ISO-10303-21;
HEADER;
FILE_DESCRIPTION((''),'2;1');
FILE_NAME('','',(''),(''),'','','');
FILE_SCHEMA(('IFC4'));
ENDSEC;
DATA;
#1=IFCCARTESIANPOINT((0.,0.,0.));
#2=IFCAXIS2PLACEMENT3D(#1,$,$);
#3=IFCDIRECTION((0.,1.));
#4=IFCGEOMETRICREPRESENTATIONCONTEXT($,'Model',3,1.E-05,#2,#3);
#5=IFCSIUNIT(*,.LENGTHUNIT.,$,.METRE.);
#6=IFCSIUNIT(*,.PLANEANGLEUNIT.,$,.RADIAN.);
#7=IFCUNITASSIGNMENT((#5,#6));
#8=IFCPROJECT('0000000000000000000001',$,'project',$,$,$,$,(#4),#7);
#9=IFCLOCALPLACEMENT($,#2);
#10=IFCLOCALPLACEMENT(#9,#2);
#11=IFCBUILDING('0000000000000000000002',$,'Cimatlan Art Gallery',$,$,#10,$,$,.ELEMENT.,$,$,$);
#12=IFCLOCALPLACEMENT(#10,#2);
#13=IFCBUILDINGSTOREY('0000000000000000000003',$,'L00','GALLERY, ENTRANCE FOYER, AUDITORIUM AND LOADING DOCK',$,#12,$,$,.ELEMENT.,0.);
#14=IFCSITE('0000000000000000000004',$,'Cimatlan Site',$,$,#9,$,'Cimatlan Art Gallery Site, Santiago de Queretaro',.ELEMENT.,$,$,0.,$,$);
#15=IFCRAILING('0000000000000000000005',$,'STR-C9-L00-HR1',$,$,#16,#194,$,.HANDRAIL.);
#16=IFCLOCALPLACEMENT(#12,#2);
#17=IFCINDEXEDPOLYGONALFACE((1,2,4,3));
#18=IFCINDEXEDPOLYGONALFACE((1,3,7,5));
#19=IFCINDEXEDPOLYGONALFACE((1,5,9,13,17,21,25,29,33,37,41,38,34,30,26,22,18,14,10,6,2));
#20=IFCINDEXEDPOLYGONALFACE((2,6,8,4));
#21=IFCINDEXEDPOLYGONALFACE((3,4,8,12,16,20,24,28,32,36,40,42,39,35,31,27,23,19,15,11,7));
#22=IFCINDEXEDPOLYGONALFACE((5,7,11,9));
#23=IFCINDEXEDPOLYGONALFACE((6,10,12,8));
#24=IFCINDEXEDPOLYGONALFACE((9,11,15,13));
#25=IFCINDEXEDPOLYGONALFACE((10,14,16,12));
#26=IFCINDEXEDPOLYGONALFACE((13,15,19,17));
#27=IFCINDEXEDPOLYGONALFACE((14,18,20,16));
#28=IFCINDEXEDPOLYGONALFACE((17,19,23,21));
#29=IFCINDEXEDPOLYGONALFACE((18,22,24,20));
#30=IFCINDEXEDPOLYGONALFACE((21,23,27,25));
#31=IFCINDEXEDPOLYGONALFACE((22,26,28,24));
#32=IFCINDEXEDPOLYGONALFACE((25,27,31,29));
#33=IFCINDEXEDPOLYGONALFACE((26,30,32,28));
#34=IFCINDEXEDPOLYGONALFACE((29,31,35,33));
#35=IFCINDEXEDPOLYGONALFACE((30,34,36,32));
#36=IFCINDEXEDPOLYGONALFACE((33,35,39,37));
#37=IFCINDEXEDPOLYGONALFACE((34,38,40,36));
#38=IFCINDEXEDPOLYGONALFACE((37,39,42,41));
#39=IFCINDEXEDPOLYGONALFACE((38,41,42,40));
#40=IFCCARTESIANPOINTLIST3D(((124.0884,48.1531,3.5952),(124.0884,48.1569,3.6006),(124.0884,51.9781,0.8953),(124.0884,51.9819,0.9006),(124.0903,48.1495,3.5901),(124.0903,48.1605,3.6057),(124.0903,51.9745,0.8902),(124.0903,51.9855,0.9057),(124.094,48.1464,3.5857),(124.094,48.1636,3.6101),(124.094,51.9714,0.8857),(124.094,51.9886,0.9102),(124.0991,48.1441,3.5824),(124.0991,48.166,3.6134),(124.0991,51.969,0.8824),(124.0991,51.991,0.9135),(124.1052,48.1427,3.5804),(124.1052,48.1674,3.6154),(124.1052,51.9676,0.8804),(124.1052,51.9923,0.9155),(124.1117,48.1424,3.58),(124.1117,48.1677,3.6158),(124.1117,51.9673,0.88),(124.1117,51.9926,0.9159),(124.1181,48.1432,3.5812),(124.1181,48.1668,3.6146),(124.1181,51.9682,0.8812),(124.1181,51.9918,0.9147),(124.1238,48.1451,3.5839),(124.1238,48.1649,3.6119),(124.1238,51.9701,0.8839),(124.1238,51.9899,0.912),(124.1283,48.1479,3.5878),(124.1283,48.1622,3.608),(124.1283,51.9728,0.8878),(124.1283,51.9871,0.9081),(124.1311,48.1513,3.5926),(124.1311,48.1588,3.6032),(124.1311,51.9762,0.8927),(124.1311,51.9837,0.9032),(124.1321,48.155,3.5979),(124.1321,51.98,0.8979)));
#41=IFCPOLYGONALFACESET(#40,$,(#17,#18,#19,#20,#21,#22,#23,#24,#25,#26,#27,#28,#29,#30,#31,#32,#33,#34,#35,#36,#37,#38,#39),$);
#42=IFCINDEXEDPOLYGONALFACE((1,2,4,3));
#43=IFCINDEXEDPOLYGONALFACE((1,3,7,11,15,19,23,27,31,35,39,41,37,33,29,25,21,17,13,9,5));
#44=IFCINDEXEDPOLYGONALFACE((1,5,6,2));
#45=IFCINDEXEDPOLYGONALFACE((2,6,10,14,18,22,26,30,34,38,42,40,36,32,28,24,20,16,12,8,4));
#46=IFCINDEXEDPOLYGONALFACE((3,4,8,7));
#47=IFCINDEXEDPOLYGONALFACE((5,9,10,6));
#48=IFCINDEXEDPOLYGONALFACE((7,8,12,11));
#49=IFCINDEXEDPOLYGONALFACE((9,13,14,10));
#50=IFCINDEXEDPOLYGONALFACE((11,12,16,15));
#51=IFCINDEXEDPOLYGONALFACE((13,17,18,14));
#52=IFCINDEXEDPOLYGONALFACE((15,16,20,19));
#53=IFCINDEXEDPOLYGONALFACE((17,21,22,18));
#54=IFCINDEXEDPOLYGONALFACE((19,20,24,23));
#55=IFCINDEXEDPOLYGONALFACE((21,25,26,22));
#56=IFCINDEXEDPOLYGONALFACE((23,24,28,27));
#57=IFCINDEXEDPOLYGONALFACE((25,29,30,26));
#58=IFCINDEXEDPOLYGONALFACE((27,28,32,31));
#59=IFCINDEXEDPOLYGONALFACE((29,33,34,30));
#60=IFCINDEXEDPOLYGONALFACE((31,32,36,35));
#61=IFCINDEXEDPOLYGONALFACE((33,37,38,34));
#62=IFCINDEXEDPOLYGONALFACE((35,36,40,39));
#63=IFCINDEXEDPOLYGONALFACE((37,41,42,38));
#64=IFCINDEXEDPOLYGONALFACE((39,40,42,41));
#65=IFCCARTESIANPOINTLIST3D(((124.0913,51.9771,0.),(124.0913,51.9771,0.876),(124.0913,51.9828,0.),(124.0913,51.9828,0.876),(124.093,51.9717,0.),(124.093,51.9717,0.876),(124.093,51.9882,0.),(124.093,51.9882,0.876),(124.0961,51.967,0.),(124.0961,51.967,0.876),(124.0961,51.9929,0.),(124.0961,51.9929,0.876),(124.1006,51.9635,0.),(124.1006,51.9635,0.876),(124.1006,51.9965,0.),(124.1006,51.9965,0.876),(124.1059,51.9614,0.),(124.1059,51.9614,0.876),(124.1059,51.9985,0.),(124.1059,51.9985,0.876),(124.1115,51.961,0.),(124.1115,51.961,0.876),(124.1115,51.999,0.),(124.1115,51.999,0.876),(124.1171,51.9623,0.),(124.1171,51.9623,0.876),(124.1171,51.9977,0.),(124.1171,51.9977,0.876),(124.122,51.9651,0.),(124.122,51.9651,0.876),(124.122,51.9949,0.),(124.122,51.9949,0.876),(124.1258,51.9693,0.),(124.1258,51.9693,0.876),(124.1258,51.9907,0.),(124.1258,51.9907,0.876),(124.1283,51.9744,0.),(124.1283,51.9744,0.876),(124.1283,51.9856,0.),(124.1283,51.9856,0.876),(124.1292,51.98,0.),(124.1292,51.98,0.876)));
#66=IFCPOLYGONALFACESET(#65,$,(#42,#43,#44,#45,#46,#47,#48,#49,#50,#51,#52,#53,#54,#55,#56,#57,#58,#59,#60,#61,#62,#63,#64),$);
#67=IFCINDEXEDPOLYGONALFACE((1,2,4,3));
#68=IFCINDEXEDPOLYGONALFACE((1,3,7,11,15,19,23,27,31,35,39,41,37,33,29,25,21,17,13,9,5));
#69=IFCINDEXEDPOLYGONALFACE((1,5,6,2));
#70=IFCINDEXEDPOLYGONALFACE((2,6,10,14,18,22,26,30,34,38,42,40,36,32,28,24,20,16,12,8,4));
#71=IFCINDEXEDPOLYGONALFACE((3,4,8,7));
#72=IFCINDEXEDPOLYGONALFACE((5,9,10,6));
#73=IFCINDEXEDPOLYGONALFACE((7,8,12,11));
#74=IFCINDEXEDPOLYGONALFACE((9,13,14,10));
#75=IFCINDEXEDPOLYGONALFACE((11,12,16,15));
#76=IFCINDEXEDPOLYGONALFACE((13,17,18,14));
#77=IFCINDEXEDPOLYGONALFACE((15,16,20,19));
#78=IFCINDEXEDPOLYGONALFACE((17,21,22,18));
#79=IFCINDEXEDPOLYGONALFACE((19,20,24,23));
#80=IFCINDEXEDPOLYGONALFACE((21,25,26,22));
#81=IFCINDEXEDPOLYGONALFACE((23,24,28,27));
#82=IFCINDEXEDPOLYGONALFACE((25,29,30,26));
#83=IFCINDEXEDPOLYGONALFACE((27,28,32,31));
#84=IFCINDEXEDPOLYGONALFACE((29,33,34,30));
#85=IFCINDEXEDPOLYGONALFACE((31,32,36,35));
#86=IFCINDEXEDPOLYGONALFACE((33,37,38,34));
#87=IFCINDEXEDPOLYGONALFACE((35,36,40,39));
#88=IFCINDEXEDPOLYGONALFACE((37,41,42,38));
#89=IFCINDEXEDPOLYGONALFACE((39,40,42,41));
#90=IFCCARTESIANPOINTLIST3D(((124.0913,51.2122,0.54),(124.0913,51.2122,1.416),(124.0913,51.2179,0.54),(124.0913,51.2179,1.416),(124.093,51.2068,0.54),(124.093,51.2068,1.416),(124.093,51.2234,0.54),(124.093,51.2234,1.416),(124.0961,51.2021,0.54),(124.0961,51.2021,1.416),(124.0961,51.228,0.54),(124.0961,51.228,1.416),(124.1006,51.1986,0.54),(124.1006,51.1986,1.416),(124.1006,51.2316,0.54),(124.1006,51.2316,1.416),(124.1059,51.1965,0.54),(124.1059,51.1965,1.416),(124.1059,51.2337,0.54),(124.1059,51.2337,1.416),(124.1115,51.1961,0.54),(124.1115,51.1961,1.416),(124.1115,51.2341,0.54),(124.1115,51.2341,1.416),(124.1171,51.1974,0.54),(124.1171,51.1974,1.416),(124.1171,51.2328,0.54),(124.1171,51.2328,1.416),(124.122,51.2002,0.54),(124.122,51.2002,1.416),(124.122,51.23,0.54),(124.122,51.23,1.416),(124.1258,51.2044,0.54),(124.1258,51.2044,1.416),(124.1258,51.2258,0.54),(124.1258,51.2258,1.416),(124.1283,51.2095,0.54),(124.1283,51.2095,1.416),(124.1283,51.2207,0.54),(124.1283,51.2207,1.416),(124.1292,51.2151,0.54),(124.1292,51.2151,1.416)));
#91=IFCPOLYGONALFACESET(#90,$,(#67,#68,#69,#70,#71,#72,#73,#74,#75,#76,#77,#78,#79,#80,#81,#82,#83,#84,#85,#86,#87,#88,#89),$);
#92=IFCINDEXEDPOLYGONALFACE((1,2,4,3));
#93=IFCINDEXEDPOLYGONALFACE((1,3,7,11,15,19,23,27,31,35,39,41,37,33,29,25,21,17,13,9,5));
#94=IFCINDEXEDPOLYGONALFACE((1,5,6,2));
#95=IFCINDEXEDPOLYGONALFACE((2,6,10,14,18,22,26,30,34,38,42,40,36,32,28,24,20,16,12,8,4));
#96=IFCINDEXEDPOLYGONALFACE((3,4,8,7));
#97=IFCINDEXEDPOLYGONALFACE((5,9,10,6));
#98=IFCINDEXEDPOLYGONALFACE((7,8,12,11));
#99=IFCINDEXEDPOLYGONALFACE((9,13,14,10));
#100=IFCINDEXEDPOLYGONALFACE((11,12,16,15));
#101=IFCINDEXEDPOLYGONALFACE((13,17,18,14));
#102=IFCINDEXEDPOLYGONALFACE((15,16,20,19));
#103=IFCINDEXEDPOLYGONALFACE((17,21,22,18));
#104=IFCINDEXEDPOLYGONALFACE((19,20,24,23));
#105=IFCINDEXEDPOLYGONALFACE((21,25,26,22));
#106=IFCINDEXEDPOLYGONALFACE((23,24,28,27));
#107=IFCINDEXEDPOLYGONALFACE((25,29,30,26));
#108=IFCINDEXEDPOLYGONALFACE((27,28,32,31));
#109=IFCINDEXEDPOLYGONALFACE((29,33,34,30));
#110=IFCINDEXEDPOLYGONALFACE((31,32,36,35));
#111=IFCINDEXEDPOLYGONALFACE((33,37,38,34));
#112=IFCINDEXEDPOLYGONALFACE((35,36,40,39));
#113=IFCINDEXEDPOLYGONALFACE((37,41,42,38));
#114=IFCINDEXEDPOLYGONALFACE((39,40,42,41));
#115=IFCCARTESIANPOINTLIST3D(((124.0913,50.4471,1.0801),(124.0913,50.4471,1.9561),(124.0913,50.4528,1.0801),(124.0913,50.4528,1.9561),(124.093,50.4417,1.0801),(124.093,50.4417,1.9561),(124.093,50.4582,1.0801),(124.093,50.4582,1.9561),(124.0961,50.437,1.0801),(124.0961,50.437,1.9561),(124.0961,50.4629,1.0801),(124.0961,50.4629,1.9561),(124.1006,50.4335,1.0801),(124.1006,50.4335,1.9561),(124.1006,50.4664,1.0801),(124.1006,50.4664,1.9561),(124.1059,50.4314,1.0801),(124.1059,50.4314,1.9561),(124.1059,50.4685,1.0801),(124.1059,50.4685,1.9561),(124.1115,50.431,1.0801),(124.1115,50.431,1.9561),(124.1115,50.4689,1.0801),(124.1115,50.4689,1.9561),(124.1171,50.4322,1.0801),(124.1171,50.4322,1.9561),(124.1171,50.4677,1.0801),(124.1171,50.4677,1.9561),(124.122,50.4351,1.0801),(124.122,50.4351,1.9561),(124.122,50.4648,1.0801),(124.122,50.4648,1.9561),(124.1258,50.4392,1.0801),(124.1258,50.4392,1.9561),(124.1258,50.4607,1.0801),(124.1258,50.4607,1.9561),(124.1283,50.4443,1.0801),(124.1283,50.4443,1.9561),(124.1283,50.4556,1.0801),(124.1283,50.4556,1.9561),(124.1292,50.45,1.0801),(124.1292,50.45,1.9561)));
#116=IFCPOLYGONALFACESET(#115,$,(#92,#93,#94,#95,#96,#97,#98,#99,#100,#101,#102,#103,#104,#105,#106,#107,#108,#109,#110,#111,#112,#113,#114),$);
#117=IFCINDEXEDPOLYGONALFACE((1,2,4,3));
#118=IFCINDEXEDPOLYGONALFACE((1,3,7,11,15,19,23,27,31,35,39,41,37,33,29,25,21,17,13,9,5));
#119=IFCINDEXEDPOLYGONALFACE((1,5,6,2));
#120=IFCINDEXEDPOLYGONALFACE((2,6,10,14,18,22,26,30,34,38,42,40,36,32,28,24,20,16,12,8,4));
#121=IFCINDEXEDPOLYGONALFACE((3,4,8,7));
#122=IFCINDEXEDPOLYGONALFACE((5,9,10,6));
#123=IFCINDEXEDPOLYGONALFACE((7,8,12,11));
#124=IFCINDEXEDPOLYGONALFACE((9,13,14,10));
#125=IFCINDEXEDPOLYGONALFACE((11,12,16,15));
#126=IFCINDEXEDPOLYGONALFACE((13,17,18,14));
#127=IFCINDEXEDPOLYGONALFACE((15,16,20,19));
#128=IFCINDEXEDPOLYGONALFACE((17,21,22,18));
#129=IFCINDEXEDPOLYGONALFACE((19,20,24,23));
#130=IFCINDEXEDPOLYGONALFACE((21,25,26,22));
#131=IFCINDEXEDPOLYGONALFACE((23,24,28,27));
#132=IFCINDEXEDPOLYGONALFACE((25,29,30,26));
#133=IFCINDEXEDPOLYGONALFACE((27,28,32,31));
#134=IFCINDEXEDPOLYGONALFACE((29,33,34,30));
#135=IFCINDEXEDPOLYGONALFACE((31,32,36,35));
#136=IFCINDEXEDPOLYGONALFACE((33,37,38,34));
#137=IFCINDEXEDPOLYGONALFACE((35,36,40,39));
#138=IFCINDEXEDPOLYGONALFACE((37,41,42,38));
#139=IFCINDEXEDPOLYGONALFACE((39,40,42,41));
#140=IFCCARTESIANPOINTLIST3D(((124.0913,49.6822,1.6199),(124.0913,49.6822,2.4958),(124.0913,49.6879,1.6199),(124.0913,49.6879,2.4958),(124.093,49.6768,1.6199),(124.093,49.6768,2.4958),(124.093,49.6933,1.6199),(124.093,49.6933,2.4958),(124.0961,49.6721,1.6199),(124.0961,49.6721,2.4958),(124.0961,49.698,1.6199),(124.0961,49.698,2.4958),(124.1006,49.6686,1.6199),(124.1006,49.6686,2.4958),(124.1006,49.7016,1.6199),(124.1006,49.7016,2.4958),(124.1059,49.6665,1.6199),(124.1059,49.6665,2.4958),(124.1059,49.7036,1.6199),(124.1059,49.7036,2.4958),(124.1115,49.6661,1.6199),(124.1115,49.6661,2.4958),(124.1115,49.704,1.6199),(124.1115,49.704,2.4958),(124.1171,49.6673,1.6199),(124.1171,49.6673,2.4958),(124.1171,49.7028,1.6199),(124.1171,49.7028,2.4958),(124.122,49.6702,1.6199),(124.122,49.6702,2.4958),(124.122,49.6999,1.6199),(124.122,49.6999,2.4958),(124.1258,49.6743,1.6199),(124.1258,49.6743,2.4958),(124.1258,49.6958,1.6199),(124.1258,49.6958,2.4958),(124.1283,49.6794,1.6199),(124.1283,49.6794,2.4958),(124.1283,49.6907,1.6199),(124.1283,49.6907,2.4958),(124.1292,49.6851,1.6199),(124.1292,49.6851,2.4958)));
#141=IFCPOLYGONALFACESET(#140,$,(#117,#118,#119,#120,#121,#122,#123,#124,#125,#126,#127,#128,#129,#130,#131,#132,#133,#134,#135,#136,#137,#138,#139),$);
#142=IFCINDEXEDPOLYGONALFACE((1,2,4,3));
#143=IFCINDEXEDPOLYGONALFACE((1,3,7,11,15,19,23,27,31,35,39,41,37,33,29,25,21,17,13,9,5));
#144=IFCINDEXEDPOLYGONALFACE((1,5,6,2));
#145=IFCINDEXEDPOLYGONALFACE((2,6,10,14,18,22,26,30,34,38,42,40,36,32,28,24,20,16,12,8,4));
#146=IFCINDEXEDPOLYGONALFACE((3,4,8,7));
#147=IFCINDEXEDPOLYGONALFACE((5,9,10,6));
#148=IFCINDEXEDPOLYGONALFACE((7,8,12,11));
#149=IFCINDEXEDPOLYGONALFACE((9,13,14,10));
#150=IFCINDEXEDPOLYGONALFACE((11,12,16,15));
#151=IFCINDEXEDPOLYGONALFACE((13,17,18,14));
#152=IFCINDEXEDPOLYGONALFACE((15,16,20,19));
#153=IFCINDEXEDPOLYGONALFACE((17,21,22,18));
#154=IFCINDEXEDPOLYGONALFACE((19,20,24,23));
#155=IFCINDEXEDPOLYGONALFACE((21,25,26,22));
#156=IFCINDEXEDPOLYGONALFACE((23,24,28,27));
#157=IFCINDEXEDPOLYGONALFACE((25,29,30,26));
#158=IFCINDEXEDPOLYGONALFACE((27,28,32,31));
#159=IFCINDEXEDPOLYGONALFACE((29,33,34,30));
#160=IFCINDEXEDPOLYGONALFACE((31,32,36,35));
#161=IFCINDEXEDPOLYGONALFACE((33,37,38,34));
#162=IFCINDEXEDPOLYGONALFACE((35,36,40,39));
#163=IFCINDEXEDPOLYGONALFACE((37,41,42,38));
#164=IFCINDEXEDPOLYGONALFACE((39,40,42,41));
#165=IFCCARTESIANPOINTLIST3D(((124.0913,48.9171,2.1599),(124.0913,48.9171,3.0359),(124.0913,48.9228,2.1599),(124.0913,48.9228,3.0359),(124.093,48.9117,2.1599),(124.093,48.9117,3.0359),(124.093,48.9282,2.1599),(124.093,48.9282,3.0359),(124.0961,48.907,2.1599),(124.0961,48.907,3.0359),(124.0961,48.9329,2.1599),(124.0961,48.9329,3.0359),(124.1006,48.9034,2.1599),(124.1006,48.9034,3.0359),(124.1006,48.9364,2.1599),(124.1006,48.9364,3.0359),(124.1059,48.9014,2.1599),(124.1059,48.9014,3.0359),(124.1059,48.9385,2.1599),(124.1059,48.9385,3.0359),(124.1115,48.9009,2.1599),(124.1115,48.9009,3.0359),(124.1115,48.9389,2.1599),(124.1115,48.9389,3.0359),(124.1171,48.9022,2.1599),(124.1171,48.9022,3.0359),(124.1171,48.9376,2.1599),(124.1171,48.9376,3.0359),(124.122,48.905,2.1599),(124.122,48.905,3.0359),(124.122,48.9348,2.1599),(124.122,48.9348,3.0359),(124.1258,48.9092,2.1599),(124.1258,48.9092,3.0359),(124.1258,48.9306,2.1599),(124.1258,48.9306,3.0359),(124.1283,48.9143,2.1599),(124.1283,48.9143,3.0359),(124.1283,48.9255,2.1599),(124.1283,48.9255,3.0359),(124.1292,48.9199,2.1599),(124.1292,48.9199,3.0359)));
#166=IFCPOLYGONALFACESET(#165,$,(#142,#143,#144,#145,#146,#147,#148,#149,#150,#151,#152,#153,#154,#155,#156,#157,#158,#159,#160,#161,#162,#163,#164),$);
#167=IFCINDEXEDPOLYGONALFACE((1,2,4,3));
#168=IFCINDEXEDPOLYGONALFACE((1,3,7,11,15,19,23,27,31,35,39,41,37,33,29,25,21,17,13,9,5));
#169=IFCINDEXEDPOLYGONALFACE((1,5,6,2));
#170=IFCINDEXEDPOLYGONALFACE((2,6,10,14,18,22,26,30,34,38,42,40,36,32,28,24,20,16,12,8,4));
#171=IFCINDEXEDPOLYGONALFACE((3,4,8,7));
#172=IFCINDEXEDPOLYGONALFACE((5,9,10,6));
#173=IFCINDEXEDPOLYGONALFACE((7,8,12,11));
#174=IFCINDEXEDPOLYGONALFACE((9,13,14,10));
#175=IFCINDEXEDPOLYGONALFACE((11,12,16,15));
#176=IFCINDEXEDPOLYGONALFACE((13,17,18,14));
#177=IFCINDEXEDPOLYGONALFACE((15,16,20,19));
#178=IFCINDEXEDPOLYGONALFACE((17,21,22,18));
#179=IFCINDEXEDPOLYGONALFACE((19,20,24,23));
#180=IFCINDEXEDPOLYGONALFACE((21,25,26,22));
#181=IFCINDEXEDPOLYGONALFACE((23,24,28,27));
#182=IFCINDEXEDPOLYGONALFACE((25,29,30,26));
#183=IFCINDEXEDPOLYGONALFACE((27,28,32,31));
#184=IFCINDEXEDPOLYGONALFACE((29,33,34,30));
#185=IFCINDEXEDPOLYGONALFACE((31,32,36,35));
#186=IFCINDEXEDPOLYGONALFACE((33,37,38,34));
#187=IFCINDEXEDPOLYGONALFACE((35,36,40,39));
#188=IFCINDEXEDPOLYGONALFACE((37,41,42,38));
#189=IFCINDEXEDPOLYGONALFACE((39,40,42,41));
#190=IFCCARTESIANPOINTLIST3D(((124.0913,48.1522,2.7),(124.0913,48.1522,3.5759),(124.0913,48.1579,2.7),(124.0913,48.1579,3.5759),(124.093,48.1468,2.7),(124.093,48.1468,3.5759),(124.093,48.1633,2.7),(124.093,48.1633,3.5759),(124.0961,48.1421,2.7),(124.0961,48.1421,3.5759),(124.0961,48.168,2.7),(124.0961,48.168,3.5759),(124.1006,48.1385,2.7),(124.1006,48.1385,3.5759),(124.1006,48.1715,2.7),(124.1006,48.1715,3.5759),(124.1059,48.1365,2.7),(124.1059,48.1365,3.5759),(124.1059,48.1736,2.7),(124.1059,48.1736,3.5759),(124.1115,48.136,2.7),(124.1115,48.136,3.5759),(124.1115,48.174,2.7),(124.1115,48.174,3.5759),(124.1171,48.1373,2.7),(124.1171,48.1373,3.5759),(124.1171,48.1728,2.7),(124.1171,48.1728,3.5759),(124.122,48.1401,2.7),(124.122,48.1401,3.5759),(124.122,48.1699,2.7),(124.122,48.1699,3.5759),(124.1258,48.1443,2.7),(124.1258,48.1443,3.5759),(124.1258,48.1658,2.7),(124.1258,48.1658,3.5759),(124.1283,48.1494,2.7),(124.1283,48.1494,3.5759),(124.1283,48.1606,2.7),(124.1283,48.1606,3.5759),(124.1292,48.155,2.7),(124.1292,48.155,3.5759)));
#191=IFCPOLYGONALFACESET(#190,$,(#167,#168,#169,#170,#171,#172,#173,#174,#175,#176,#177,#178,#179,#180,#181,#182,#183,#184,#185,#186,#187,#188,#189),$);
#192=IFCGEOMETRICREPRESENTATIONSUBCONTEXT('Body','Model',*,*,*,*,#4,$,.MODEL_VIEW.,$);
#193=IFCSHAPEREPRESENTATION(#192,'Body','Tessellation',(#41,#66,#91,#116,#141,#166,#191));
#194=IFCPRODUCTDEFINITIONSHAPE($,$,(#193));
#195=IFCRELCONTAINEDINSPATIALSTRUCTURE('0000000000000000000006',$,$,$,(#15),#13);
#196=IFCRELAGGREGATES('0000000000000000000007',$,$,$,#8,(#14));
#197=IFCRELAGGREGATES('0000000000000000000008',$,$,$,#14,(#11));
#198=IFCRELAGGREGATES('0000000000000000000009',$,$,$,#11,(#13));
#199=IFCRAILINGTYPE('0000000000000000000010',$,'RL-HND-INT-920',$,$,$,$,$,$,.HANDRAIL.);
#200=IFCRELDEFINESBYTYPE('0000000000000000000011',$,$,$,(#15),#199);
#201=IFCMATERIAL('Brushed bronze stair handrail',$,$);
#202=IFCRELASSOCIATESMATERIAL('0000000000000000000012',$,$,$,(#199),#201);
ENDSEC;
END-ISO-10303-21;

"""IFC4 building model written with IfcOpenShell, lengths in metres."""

from ifc_helpers import new_model, si_unit, direction, frame, origin, origin_2d, place, context, subcontext, project, spatial, circle, extrude, material, type_object, element, save


model = new_model("IFC4")

# Units and contexts
model_context = context("Model", 3, precision=1e-05, world=origin(), true_north=direction((0.0, 1.0)))
body_context = subcontext(model_context, "Body", "Model", "MODEL_VIEW")
ifc_project = project(units=[si_unit("LENGTHUNIT", "METRE"), si_unit("PLANEANGLEUNIT", "RADIAN")], contexts=[model_context])

# Site, building, storey
site_placement = place(None, origin())
site = spatial("IfcSite", under=ifc_project, at=site_placement, Name="Cimatlan Site", LongName="Cimatlan Art Gallery Site, Santiago de Queretaro", CompositionType="ELEMENT", RefElevation=0.0)
building_placement = place(site_placement, origin())
building = spatial("IfcBuilding", under=site, at=building_placement, Name="Cimatlan Art Gallery", CompositionType="ELEMENT")
storey_placement = place(building_placement, origin())
storey = spatial("IfcBuildingStorey", under=building, at=storey_placement, Name="L00", Description="GALLERY, ENTRANCE FOYER, AUDITORIUM AND LOADING DOCK", CompositionType="ELEMENT", Elevation=0.0)

# Railing
ifc_material_1 = material(Name="Brushed bronze stair handrail")
railing_type_1 = type_object("IfcRailingType", Name="RL-HND-INT-920", PredefinedType="HANDRAIL", material=ifc_material_1)
railing_1_placement = place(storey_placement, frame((124.1101, 51.98, 0.0)))
element("IfcRailing", 1, at=railing_1_placement, inside=storey, type_object=railing_type_1, Name="STR-C9-L00-HR1", PredefinedType="HANDRAIL", context=body_context, shape_type="SweptSolid", body=[
    extrude(circle(Radius=0.022, at=origin_2d()), frame((0.0, 0.0, 0.8979), z_axis=(0.0, -0.816969, 0.576681), x_axis=(1.0, 0.0, 0.0)), (0.0, 0.0, 1.0), 4.6819),
    extrude(circle(Radius=0.019, at=origin_2d()), origin(), (0.0, 0.0, 1.0), 0.876),
    extrude(circle(Radius=0.019, at=origin_2d()), frame((0.0, -0.7649, 0.54)), (0.0, 0.0, 1.0), 0.876),
    extrude(circle(Radius=0.019, at=origin_2d()), frame((0.0, -1.53, 1.0801)), (0.0, 0.0, 1.0), 0.876),
    extrude(circle(Radius=0.019, at=origin_2d()), frame((0.0, -2.2949, 1.6199)), (0.0, 0.0, 1.0), 0.876),
    extrude(circle(Radius=0.019, at=origin_2d()), frame((0.0, -3.0601, 2.1599)), (0.0, 0.0, 1.0), 0.876),
    extrude(circle(Radius=0.019, at=origin_2d()), frame((0.0, -3.825, 2.7)), (0.0, 0.0, 1.0), 0.876),
])

save(model, "model.ifc")
